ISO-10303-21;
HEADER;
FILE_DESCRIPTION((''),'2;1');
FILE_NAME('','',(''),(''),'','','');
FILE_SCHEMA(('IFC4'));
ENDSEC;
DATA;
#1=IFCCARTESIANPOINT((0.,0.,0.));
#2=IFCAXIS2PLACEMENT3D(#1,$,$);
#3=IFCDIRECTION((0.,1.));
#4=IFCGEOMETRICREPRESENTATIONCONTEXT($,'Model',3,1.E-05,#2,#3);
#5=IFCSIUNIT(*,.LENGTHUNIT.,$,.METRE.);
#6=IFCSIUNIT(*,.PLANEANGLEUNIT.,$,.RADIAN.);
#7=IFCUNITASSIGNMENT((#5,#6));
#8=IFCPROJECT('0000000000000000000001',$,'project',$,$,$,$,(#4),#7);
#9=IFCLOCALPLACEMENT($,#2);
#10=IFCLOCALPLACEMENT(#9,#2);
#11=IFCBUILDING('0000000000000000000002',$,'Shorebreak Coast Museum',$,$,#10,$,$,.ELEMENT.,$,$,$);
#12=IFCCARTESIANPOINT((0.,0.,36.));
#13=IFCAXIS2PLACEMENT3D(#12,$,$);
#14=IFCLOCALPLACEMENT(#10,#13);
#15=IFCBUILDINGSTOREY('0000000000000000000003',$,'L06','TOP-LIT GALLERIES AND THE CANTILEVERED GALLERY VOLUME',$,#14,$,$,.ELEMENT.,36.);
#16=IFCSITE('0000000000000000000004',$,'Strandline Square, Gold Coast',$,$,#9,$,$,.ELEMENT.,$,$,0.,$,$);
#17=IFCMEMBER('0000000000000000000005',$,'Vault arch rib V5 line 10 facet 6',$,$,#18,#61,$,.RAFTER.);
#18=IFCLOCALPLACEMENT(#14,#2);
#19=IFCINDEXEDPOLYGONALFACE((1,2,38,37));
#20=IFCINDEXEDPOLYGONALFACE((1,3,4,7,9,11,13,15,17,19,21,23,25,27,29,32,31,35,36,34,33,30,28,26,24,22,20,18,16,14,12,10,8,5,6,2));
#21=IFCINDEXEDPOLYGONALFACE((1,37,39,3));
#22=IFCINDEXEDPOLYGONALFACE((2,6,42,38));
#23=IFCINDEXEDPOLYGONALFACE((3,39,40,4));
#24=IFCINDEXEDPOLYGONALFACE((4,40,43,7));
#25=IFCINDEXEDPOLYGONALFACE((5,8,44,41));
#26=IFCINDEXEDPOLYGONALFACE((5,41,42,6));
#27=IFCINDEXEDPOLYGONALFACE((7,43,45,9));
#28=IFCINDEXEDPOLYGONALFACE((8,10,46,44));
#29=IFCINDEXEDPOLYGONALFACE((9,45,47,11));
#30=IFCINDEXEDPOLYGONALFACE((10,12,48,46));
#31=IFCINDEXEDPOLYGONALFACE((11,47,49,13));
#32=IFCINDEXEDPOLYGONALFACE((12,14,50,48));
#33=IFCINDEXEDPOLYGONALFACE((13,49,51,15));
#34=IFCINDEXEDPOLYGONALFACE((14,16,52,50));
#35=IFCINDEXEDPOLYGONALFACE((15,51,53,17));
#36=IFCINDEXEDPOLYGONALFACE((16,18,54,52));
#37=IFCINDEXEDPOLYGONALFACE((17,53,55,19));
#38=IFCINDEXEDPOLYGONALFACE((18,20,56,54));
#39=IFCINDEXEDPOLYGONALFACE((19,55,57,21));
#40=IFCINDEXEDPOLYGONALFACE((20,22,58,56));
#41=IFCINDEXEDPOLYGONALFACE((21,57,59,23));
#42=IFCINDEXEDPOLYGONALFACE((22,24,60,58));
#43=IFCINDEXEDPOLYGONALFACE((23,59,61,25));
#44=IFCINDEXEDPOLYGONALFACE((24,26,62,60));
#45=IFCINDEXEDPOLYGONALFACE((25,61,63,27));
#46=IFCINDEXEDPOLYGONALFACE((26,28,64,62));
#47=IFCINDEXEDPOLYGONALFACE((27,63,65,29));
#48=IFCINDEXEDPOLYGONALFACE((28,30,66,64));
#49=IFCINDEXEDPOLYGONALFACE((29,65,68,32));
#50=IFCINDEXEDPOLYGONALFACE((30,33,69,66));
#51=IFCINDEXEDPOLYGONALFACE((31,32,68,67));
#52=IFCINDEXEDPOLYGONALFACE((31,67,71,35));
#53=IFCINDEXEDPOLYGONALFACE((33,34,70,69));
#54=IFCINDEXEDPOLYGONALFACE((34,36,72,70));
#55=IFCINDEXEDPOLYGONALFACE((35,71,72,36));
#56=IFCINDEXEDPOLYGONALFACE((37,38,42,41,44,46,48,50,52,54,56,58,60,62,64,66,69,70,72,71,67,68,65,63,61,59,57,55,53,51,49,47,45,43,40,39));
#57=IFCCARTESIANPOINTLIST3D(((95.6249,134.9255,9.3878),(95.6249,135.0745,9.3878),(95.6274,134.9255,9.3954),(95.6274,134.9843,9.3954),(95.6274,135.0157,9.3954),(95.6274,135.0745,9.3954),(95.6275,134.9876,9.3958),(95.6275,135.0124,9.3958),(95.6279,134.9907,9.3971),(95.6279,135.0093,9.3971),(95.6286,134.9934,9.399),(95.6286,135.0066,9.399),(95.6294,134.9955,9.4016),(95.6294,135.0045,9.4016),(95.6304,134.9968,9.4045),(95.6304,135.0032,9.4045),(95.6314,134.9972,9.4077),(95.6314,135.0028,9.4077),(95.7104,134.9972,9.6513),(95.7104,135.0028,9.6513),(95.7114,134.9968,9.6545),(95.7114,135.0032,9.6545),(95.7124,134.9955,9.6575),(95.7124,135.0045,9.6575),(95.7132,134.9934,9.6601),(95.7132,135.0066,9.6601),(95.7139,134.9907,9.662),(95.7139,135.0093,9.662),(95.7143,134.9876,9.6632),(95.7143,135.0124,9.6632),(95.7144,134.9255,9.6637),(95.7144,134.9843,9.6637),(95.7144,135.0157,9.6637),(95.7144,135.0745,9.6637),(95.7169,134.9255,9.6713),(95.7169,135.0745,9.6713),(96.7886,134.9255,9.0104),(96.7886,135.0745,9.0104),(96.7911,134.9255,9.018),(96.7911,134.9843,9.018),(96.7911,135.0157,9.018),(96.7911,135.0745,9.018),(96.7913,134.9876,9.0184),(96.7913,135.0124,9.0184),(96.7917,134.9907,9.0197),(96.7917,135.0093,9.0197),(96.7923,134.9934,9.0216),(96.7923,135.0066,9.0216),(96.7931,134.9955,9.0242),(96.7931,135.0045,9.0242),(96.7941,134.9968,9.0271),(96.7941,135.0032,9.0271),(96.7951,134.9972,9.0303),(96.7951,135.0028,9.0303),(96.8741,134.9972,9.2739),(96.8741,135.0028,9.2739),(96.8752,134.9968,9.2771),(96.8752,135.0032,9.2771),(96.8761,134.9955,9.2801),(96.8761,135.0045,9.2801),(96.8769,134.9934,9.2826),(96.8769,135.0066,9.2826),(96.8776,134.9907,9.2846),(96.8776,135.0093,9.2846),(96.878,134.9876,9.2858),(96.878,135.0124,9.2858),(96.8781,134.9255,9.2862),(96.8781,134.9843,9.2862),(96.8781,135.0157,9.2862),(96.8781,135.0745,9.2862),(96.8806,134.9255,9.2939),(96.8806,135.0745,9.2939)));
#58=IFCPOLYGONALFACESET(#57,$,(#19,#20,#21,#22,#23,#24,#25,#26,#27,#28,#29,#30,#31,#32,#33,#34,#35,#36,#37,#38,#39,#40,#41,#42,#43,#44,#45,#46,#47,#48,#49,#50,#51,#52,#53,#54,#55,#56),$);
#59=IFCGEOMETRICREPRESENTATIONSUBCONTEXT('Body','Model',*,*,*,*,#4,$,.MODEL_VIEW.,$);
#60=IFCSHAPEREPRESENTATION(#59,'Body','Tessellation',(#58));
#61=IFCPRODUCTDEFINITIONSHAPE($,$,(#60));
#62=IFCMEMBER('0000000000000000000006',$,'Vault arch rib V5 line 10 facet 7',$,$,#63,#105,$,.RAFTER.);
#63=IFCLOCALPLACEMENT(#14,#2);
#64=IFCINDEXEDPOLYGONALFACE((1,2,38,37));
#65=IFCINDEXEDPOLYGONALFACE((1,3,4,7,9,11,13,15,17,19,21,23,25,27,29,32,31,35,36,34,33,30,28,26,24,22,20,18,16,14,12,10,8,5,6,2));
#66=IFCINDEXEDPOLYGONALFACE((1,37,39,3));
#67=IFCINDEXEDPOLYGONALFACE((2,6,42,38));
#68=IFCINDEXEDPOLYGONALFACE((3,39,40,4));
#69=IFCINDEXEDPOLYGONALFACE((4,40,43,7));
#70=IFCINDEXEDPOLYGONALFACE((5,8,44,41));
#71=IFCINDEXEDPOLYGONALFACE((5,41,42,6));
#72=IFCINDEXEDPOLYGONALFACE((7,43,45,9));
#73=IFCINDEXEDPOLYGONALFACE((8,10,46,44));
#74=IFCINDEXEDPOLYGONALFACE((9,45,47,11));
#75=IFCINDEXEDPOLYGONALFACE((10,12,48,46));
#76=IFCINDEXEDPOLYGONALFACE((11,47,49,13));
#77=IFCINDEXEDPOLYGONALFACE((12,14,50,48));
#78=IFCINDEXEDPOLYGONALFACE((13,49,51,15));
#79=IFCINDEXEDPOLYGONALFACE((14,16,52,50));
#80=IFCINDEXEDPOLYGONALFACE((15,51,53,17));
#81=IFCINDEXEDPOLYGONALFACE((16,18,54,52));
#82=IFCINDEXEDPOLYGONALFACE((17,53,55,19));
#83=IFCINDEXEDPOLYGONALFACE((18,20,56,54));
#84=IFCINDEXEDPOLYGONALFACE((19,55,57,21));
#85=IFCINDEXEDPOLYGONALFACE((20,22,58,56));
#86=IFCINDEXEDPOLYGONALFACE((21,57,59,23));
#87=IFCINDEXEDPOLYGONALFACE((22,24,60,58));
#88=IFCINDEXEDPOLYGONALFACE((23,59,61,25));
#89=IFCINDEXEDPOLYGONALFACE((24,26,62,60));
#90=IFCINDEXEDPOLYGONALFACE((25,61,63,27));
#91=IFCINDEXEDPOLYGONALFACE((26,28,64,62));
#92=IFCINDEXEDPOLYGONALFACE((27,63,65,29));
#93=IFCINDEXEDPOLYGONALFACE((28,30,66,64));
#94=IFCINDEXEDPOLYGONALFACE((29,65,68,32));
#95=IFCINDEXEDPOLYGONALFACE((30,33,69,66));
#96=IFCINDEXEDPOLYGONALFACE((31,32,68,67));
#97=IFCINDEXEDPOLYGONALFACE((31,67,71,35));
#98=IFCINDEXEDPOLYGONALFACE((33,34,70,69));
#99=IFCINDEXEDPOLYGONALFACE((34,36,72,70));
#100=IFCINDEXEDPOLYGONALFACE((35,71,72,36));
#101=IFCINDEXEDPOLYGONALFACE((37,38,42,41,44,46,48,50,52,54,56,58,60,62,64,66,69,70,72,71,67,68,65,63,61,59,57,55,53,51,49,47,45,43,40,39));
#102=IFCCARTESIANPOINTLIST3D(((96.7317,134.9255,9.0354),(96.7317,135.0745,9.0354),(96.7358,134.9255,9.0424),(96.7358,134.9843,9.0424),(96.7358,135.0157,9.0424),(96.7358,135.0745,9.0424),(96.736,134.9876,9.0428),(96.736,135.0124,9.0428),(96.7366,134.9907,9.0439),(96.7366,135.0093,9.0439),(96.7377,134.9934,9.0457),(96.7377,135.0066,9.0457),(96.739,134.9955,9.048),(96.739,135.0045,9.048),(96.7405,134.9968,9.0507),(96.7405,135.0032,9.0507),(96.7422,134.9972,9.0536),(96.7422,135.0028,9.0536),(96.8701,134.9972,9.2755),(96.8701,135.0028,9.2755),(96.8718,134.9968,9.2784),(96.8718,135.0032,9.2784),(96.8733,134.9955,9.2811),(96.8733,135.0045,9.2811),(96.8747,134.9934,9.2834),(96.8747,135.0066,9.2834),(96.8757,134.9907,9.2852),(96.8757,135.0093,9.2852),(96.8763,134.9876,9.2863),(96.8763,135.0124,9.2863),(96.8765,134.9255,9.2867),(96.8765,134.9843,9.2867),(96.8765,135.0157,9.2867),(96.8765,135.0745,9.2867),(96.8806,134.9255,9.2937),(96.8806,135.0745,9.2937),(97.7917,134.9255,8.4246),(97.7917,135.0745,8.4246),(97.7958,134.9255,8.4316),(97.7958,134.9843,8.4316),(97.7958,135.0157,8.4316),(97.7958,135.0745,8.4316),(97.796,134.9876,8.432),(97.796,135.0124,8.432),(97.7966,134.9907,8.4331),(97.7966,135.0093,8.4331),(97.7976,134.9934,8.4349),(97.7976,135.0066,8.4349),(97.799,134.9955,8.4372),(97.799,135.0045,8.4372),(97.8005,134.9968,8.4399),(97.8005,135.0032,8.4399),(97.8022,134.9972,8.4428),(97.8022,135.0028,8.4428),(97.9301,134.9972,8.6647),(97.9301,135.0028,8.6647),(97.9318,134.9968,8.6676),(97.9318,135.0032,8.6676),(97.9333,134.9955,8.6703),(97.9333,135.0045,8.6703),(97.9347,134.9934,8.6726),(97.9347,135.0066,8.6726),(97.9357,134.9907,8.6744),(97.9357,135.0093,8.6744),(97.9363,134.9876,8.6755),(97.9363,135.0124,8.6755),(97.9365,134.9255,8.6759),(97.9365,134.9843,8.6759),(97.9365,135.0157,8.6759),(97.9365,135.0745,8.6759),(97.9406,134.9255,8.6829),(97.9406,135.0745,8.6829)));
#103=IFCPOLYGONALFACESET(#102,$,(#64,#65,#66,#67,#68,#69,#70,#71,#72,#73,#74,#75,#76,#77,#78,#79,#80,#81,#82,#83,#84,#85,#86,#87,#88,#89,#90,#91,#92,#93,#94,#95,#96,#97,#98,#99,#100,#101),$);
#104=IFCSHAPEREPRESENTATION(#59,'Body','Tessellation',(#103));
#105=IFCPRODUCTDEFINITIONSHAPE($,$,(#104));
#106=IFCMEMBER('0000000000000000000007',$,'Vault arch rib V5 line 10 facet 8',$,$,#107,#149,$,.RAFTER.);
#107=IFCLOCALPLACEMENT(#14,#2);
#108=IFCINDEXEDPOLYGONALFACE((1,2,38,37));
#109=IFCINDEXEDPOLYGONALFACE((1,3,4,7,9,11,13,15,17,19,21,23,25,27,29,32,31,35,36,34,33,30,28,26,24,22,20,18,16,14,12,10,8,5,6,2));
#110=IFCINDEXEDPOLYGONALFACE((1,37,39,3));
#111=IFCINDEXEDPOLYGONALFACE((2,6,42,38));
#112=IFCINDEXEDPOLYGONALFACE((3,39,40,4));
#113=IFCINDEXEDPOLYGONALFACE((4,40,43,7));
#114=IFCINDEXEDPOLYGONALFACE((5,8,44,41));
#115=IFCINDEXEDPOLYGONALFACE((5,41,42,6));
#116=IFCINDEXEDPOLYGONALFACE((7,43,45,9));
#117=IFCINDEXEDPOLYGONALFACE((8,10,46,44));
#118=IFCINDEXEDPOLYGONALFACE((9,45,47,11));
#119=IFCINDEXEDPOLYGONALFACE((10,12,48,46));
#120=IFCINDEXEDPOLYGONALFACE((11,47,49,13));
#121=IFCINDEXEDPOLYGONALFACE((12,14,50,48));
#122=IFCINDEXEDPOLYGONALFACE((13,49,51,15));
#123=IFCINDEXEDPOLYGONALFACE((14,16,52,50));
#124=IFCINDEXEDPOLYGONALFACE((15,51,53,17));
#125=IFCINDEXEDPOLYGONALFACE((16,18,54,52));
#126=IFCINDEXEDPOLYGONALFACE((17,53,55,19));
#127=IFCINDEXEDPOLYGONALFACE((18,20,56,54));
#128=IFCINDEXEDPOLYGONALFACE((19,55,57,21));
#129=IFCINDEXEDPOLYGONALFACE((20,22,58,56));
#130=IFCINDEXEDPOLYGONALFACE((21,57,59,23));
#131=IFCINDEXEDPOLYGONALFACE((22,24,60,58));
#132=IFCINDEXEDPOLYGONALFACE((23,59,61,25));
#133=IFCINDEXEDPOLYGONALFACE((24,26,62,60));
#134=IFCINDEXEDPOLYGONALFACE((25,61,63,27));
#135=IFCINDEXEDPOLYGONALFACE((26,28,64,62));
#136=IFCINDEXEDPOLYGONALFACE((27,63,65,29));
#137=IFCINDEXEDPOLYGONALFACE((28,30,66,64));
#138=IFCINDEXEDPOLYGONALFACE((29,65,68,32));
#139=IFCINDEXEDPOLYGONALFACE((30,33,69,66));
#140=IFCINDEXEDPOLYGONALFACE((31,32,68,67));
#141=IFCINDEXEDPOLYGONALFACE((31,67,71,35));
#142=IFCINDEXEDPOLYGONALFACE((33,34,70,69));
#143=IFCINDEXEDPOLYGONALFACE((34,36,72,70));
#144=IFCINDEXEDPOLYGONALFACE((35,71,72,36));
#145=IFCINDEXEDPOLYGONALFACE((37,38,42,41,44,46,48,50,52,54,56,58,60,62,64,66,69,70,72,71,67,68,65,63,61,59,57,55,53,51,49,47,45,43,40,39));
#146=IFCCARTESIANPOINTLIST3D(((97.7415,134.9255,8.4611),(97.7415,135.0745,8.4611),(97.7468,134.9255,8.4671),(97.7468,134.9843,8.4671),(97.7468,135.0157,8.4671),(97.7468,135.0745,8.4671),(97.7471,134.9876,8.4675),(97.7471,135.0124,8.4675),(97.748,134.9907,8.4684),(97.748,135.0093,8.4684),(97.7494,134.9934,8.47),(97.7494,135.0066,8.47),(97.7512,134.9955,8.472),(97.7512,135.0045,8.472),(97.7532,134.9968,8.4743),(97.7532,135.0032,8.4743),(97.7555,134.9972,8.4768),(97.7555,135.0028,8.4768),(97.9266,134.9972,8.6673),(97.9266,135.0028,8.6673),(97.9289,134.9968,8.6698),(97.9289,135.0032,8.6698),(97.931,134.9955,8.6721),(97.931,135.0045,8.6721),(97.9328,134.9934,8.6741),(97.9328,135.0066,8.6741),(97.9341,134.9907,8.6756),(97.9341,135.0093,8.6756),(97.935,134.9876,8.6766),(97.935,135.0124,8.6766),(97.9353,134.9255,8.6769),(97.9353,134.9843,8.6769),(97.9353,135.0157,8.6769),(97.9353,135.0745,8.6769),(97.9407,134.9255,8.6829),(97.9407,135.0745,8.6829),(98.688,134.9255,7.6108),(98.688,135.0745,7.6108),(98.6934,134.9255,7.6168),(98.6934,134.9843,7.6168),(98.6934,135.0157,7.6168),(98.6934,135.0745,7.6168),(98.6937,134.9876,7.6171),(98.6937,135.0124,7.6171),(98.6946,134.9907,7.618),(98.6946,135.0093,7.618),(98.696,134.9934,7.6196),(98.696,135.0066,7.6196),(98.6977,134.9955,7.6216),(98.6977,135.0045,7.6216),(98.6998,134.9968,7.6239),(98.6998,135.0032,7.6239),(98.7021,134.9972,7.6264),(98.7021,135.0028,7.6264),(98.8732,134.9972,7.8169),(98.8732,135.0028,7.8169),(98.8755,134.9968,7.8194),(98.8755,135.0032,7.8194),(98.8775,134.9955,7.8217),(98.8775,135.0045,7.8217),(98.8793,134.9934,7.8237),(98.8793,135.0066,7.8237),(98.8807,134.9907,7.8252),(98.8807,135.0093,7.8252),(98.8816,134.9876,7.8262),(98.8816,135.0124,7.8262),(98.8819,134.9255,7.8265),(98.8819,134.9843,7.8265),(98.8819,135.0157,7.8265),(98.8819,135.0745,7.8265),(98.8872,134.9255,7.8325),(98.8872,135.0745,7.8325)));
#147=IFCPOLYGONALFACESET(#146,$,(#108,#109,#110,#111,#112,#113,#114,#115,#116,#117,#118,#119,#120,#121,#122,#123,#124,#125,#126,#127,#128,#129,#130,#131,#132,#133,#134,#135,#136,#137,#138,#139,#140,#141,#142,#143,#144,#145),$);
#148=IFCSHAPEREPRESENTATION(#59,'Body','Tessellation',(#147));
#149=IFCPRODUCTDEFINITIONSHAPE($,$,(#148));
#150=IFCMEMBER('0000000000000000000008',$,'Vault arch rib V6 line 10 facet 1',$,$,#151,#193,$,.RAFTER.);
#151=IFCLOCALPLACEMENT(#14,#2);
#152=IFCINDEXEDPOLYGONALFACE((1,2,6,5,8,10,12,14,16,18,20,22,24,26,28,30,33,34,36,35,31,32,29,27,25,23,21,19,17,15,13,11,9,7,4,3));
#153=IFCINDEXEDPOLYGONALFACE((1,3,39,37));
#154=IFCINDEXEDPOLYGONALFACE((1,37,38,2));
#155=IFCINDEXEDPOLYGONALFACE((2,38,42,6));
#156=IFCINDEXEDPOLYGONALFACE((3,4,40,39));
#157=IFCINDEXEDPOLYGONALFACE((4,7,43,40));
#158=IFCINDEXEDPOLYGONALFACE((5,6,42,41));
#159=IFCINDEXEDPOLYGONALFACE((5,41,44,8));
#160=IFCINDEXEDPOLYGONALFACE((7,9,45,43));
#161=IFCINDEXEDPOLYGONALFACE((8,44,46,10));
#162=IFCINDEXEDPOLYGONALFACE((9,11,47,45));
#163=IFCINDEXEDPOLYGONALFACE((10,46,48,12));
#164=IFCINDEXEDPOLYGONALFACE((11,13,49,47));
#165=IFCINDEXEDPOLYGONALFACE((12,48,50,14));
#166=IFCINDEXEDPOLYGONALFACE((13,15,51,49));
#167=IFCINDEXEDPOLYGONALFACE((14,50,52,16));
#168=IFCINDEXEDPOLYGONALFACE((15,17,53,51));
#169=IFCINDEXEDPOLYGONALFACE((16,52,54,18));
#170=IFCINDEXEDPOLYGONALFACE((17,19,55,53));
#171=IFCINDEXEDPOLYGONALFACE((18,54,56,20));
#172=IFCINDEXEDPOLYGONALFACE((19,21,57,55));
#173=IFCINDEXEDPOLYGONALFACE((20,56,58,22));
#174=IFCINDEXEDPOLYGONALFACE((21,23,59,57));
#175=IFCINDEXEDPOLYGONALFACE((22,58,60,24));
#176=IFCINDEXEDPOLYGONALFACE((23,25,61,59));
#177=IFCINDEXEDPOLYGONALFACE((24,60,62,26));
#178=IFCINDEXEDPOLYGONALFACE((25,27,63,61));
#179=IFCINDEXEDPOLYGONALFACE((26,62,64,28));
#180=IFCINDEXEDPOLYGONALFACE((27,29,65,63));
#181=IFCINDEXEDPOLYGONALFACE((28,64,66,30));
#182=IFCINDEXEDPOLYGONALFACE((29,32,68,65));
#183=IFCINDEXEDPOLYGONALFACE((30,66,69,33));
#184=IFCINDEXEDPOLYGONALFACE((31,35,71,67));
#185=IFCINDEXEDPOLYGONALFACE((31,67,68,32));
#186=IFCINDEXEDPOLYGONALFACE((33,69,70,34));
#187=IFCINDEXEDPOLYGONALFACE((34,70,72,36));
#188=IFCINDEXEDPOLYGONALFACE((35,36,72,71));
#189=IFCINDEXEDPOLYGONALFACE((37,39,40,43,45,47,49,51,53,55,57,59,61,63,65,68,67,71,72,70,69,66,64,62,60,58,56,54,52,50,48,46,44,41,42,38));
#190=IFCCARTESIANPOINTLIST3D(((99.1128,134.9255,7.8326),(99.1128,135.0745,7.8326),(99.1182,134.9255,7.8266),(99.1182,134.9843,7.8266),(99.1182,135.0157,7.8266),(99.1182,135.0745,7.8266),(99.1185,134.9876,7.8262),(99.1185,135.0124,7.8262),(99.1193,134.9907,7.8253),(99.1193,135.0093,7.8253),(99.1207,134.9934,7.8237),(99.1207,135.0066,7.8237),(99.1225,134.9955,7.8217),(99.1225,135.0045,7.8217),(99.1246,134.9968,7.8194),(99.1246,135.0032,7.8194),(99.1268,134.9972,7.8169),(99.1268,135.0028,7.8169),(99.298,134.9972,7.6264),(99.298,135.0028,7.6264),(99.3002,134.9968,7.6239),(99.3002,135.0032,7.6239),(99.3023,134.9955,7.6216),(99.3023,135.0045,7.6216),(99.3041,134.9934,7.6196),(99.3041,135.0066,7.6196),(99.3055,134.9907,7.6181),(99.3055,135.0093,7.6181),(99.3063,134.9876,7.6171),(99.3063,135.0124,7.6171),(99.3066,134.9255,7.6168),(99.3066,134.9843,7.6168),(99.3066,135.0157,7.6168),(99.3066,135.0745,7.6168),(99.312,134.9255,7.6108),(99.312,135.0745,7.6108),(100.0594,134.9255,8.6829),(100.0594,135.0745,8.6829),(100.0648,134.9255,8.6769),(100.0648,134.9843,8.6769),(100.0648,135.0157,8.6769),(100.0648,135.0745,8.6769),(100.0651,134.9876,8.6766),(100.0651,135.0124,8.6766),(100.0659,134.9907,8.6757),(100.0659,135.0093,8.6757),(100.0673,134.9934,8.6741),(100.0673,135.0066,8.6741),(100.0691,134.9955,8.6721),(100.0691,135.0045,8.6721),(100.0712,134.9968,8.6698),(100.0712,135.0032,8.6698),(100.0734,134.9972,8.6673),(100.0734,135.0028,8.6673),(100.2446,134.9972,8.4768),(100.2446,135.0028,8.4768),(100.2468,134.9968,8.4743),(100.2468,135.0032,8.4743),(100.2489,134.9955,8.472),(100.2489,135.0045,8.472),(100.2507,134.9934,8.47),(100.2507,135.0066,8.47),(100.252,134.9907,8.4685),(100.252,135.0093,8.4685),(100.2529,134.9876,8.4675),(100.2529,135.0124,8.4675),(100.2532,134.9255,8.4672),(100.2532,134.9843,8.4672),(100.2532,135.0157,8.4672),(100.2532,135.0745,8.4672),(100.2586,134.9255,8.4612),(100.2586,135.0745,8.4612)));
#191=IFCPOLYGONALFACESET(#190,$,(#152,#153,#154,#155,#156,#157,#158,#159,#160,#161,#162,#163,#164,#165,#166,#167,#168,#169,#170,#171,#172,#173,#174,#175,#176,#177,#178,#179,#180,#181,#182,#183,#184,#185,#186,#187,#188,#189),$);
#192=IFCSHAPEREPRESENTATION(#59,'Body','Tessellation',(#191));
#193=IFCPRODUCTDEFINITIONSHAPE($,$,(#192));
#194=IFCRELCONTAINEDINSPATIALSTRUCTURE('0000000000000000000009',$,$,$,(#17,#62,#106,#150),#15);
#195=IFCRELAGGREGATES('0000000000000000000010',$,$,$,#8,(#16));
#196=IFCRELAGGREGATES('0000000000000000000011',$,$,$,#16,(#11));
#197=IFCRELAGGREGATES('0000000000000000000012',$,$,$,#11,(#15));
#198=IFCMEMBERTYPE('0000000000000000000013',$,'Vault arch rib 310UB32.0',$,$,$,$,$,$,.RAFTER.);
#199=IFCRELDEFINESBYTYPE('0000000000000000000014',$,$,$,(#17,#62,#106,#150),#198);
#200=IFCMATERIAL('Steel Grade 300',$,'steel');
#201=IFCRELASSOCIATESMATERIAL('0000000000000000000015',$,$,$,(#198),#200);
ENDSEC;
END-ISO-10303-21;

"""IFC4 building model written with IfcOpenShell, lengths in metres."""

from ifc_helpers import new_model, si_unit, direction, frame, origin, origin_2d, place, context, subcontext, project, spatial, i_section, extrude, material, material_profile, profile_set, type_object, element, save


model = new_model("IFC4")

# Units and contexts
model_context = context("Model", 3, precision=1e-05, world=origin(), true_north=direction((0.0, 1.0)))
body_context = subcontext(model_context, "Body", "Model", "MODEL_VIEW")
ifc_project = project(units=[si_unit("LENGTHUNIT", "METRE"), si_unit("PLANEANGLEUNIT", "RADIAN")], contexts=[model_context])

# Site, building, storey
site_placement = place(None, origin())
site = spatial("IfcSite", under=ifc_project, at=site_placement, Name="Strandline Square, Gold Coast", CompositionType="ELEMENT", RefElevation=0.0)
building_placement = place(site_placement, origin())
building = spatial("IfcBuilding", under=site, at=building_placement, Name="Shorebreak Coast Museum", CompositionType="ELEMENT")
storey_placement = place(building_placement, frame((0.0, 0.0, 36.0)))
storey = spatial("IfcBuildingStorey", under=building, at=storey_placement, Name="L06", Description="TOP-LIT GALLERIES AND THE CANTILEVERED GALLERY VOLUME", CompositionType="ELEMENT", Elevation=36.0)

# Members
ifc_material_1 = material(Name="Steel Grade 300", Category="steel")
ifc_material_profile_1 = material_profile(ifc_material_1, i_section(OverallWidth=0.1489, OverallDepth=0.2981, WebThickness=0.0056, FlangeThickness=0.0081, FilletRadius=0.0129, at=origin_2d()), Name="310UB32.0")
ifc_profile_set_1 = profile_set([ifc_material_profile_1], Name="Steel Grade 300")
member_type_1 = type_object("IfcMemberType", Name="Vault arch rib 310UB32.0", PredefinedType="RAFTER", material=ifc_profile_set_1)
for number, where, z_axis, x_axis, name in (
    (1, (95.6709, 135.0, 9.5295), (0.951226, 0.0, -0.308495), (0.0, 1.0, 0.0), "Vault arch rib V5 line 10 facet 6"),
    (2, (96.8062, 135.0, 9.1646), (0.866445, 0.0, -0.499273), (0.0, 1.0, 0.0), "Vault arch rib V5 line 10 facet 7"),
):
    element("IfcMember", number, at=place(storey_placement, frame(where, z_axis=z_axis, x_axis=x_axis)), inside=storey, type_object=member_type_1, Name=name, PredefinedType="RAFTER", context=body_context, shape_type="SweptSolid", body=[
        extrude(i_section(OverallWidth=0.1489, OverallDepth=0.2981, WebThickness=0.0056, FlangeThickness=0.0081, FilletRadius=0.0129, at=origin_2d()), origin(), (0.0, 0.0, 1.0), 1.2234),
    ])
for number, where, z_axis, x_axis, name in (
    (3, (97.8411, 135.0, 8.572), (0.743895, 0.0, -0.668297), (0.0, 1.0, 0.0), "Vault arch rib V5 line 10 facet 8"),
    (4, (99.2124, 135.0, 7.7217), (0.743895, 0.0, 0.668297), (0.0, 1.0, 0.0), "Vault arch rib V6 line 10 facet 1"),
):
    element("IfcMember", number, at=place(storey_placement, frame(where, z_axis=z_axis, x_axis=x_axis)), inside=storey, type_object=member_type_1, Name=name, PredefinedType="RAFTER", context=body_context, shape_type="SweptSolid", body=[
        extrude(i_section(OverallWidth=0.1489, OverallDepth=0.2981, WebThickness=0.0056, FlangeThickness=0.0081, FilletRadius=0.0129, at=origin_2d()), origin(), (0.0, 0.0, 1.0), 1.2725),
    ])

save(model, "model.ifc")
